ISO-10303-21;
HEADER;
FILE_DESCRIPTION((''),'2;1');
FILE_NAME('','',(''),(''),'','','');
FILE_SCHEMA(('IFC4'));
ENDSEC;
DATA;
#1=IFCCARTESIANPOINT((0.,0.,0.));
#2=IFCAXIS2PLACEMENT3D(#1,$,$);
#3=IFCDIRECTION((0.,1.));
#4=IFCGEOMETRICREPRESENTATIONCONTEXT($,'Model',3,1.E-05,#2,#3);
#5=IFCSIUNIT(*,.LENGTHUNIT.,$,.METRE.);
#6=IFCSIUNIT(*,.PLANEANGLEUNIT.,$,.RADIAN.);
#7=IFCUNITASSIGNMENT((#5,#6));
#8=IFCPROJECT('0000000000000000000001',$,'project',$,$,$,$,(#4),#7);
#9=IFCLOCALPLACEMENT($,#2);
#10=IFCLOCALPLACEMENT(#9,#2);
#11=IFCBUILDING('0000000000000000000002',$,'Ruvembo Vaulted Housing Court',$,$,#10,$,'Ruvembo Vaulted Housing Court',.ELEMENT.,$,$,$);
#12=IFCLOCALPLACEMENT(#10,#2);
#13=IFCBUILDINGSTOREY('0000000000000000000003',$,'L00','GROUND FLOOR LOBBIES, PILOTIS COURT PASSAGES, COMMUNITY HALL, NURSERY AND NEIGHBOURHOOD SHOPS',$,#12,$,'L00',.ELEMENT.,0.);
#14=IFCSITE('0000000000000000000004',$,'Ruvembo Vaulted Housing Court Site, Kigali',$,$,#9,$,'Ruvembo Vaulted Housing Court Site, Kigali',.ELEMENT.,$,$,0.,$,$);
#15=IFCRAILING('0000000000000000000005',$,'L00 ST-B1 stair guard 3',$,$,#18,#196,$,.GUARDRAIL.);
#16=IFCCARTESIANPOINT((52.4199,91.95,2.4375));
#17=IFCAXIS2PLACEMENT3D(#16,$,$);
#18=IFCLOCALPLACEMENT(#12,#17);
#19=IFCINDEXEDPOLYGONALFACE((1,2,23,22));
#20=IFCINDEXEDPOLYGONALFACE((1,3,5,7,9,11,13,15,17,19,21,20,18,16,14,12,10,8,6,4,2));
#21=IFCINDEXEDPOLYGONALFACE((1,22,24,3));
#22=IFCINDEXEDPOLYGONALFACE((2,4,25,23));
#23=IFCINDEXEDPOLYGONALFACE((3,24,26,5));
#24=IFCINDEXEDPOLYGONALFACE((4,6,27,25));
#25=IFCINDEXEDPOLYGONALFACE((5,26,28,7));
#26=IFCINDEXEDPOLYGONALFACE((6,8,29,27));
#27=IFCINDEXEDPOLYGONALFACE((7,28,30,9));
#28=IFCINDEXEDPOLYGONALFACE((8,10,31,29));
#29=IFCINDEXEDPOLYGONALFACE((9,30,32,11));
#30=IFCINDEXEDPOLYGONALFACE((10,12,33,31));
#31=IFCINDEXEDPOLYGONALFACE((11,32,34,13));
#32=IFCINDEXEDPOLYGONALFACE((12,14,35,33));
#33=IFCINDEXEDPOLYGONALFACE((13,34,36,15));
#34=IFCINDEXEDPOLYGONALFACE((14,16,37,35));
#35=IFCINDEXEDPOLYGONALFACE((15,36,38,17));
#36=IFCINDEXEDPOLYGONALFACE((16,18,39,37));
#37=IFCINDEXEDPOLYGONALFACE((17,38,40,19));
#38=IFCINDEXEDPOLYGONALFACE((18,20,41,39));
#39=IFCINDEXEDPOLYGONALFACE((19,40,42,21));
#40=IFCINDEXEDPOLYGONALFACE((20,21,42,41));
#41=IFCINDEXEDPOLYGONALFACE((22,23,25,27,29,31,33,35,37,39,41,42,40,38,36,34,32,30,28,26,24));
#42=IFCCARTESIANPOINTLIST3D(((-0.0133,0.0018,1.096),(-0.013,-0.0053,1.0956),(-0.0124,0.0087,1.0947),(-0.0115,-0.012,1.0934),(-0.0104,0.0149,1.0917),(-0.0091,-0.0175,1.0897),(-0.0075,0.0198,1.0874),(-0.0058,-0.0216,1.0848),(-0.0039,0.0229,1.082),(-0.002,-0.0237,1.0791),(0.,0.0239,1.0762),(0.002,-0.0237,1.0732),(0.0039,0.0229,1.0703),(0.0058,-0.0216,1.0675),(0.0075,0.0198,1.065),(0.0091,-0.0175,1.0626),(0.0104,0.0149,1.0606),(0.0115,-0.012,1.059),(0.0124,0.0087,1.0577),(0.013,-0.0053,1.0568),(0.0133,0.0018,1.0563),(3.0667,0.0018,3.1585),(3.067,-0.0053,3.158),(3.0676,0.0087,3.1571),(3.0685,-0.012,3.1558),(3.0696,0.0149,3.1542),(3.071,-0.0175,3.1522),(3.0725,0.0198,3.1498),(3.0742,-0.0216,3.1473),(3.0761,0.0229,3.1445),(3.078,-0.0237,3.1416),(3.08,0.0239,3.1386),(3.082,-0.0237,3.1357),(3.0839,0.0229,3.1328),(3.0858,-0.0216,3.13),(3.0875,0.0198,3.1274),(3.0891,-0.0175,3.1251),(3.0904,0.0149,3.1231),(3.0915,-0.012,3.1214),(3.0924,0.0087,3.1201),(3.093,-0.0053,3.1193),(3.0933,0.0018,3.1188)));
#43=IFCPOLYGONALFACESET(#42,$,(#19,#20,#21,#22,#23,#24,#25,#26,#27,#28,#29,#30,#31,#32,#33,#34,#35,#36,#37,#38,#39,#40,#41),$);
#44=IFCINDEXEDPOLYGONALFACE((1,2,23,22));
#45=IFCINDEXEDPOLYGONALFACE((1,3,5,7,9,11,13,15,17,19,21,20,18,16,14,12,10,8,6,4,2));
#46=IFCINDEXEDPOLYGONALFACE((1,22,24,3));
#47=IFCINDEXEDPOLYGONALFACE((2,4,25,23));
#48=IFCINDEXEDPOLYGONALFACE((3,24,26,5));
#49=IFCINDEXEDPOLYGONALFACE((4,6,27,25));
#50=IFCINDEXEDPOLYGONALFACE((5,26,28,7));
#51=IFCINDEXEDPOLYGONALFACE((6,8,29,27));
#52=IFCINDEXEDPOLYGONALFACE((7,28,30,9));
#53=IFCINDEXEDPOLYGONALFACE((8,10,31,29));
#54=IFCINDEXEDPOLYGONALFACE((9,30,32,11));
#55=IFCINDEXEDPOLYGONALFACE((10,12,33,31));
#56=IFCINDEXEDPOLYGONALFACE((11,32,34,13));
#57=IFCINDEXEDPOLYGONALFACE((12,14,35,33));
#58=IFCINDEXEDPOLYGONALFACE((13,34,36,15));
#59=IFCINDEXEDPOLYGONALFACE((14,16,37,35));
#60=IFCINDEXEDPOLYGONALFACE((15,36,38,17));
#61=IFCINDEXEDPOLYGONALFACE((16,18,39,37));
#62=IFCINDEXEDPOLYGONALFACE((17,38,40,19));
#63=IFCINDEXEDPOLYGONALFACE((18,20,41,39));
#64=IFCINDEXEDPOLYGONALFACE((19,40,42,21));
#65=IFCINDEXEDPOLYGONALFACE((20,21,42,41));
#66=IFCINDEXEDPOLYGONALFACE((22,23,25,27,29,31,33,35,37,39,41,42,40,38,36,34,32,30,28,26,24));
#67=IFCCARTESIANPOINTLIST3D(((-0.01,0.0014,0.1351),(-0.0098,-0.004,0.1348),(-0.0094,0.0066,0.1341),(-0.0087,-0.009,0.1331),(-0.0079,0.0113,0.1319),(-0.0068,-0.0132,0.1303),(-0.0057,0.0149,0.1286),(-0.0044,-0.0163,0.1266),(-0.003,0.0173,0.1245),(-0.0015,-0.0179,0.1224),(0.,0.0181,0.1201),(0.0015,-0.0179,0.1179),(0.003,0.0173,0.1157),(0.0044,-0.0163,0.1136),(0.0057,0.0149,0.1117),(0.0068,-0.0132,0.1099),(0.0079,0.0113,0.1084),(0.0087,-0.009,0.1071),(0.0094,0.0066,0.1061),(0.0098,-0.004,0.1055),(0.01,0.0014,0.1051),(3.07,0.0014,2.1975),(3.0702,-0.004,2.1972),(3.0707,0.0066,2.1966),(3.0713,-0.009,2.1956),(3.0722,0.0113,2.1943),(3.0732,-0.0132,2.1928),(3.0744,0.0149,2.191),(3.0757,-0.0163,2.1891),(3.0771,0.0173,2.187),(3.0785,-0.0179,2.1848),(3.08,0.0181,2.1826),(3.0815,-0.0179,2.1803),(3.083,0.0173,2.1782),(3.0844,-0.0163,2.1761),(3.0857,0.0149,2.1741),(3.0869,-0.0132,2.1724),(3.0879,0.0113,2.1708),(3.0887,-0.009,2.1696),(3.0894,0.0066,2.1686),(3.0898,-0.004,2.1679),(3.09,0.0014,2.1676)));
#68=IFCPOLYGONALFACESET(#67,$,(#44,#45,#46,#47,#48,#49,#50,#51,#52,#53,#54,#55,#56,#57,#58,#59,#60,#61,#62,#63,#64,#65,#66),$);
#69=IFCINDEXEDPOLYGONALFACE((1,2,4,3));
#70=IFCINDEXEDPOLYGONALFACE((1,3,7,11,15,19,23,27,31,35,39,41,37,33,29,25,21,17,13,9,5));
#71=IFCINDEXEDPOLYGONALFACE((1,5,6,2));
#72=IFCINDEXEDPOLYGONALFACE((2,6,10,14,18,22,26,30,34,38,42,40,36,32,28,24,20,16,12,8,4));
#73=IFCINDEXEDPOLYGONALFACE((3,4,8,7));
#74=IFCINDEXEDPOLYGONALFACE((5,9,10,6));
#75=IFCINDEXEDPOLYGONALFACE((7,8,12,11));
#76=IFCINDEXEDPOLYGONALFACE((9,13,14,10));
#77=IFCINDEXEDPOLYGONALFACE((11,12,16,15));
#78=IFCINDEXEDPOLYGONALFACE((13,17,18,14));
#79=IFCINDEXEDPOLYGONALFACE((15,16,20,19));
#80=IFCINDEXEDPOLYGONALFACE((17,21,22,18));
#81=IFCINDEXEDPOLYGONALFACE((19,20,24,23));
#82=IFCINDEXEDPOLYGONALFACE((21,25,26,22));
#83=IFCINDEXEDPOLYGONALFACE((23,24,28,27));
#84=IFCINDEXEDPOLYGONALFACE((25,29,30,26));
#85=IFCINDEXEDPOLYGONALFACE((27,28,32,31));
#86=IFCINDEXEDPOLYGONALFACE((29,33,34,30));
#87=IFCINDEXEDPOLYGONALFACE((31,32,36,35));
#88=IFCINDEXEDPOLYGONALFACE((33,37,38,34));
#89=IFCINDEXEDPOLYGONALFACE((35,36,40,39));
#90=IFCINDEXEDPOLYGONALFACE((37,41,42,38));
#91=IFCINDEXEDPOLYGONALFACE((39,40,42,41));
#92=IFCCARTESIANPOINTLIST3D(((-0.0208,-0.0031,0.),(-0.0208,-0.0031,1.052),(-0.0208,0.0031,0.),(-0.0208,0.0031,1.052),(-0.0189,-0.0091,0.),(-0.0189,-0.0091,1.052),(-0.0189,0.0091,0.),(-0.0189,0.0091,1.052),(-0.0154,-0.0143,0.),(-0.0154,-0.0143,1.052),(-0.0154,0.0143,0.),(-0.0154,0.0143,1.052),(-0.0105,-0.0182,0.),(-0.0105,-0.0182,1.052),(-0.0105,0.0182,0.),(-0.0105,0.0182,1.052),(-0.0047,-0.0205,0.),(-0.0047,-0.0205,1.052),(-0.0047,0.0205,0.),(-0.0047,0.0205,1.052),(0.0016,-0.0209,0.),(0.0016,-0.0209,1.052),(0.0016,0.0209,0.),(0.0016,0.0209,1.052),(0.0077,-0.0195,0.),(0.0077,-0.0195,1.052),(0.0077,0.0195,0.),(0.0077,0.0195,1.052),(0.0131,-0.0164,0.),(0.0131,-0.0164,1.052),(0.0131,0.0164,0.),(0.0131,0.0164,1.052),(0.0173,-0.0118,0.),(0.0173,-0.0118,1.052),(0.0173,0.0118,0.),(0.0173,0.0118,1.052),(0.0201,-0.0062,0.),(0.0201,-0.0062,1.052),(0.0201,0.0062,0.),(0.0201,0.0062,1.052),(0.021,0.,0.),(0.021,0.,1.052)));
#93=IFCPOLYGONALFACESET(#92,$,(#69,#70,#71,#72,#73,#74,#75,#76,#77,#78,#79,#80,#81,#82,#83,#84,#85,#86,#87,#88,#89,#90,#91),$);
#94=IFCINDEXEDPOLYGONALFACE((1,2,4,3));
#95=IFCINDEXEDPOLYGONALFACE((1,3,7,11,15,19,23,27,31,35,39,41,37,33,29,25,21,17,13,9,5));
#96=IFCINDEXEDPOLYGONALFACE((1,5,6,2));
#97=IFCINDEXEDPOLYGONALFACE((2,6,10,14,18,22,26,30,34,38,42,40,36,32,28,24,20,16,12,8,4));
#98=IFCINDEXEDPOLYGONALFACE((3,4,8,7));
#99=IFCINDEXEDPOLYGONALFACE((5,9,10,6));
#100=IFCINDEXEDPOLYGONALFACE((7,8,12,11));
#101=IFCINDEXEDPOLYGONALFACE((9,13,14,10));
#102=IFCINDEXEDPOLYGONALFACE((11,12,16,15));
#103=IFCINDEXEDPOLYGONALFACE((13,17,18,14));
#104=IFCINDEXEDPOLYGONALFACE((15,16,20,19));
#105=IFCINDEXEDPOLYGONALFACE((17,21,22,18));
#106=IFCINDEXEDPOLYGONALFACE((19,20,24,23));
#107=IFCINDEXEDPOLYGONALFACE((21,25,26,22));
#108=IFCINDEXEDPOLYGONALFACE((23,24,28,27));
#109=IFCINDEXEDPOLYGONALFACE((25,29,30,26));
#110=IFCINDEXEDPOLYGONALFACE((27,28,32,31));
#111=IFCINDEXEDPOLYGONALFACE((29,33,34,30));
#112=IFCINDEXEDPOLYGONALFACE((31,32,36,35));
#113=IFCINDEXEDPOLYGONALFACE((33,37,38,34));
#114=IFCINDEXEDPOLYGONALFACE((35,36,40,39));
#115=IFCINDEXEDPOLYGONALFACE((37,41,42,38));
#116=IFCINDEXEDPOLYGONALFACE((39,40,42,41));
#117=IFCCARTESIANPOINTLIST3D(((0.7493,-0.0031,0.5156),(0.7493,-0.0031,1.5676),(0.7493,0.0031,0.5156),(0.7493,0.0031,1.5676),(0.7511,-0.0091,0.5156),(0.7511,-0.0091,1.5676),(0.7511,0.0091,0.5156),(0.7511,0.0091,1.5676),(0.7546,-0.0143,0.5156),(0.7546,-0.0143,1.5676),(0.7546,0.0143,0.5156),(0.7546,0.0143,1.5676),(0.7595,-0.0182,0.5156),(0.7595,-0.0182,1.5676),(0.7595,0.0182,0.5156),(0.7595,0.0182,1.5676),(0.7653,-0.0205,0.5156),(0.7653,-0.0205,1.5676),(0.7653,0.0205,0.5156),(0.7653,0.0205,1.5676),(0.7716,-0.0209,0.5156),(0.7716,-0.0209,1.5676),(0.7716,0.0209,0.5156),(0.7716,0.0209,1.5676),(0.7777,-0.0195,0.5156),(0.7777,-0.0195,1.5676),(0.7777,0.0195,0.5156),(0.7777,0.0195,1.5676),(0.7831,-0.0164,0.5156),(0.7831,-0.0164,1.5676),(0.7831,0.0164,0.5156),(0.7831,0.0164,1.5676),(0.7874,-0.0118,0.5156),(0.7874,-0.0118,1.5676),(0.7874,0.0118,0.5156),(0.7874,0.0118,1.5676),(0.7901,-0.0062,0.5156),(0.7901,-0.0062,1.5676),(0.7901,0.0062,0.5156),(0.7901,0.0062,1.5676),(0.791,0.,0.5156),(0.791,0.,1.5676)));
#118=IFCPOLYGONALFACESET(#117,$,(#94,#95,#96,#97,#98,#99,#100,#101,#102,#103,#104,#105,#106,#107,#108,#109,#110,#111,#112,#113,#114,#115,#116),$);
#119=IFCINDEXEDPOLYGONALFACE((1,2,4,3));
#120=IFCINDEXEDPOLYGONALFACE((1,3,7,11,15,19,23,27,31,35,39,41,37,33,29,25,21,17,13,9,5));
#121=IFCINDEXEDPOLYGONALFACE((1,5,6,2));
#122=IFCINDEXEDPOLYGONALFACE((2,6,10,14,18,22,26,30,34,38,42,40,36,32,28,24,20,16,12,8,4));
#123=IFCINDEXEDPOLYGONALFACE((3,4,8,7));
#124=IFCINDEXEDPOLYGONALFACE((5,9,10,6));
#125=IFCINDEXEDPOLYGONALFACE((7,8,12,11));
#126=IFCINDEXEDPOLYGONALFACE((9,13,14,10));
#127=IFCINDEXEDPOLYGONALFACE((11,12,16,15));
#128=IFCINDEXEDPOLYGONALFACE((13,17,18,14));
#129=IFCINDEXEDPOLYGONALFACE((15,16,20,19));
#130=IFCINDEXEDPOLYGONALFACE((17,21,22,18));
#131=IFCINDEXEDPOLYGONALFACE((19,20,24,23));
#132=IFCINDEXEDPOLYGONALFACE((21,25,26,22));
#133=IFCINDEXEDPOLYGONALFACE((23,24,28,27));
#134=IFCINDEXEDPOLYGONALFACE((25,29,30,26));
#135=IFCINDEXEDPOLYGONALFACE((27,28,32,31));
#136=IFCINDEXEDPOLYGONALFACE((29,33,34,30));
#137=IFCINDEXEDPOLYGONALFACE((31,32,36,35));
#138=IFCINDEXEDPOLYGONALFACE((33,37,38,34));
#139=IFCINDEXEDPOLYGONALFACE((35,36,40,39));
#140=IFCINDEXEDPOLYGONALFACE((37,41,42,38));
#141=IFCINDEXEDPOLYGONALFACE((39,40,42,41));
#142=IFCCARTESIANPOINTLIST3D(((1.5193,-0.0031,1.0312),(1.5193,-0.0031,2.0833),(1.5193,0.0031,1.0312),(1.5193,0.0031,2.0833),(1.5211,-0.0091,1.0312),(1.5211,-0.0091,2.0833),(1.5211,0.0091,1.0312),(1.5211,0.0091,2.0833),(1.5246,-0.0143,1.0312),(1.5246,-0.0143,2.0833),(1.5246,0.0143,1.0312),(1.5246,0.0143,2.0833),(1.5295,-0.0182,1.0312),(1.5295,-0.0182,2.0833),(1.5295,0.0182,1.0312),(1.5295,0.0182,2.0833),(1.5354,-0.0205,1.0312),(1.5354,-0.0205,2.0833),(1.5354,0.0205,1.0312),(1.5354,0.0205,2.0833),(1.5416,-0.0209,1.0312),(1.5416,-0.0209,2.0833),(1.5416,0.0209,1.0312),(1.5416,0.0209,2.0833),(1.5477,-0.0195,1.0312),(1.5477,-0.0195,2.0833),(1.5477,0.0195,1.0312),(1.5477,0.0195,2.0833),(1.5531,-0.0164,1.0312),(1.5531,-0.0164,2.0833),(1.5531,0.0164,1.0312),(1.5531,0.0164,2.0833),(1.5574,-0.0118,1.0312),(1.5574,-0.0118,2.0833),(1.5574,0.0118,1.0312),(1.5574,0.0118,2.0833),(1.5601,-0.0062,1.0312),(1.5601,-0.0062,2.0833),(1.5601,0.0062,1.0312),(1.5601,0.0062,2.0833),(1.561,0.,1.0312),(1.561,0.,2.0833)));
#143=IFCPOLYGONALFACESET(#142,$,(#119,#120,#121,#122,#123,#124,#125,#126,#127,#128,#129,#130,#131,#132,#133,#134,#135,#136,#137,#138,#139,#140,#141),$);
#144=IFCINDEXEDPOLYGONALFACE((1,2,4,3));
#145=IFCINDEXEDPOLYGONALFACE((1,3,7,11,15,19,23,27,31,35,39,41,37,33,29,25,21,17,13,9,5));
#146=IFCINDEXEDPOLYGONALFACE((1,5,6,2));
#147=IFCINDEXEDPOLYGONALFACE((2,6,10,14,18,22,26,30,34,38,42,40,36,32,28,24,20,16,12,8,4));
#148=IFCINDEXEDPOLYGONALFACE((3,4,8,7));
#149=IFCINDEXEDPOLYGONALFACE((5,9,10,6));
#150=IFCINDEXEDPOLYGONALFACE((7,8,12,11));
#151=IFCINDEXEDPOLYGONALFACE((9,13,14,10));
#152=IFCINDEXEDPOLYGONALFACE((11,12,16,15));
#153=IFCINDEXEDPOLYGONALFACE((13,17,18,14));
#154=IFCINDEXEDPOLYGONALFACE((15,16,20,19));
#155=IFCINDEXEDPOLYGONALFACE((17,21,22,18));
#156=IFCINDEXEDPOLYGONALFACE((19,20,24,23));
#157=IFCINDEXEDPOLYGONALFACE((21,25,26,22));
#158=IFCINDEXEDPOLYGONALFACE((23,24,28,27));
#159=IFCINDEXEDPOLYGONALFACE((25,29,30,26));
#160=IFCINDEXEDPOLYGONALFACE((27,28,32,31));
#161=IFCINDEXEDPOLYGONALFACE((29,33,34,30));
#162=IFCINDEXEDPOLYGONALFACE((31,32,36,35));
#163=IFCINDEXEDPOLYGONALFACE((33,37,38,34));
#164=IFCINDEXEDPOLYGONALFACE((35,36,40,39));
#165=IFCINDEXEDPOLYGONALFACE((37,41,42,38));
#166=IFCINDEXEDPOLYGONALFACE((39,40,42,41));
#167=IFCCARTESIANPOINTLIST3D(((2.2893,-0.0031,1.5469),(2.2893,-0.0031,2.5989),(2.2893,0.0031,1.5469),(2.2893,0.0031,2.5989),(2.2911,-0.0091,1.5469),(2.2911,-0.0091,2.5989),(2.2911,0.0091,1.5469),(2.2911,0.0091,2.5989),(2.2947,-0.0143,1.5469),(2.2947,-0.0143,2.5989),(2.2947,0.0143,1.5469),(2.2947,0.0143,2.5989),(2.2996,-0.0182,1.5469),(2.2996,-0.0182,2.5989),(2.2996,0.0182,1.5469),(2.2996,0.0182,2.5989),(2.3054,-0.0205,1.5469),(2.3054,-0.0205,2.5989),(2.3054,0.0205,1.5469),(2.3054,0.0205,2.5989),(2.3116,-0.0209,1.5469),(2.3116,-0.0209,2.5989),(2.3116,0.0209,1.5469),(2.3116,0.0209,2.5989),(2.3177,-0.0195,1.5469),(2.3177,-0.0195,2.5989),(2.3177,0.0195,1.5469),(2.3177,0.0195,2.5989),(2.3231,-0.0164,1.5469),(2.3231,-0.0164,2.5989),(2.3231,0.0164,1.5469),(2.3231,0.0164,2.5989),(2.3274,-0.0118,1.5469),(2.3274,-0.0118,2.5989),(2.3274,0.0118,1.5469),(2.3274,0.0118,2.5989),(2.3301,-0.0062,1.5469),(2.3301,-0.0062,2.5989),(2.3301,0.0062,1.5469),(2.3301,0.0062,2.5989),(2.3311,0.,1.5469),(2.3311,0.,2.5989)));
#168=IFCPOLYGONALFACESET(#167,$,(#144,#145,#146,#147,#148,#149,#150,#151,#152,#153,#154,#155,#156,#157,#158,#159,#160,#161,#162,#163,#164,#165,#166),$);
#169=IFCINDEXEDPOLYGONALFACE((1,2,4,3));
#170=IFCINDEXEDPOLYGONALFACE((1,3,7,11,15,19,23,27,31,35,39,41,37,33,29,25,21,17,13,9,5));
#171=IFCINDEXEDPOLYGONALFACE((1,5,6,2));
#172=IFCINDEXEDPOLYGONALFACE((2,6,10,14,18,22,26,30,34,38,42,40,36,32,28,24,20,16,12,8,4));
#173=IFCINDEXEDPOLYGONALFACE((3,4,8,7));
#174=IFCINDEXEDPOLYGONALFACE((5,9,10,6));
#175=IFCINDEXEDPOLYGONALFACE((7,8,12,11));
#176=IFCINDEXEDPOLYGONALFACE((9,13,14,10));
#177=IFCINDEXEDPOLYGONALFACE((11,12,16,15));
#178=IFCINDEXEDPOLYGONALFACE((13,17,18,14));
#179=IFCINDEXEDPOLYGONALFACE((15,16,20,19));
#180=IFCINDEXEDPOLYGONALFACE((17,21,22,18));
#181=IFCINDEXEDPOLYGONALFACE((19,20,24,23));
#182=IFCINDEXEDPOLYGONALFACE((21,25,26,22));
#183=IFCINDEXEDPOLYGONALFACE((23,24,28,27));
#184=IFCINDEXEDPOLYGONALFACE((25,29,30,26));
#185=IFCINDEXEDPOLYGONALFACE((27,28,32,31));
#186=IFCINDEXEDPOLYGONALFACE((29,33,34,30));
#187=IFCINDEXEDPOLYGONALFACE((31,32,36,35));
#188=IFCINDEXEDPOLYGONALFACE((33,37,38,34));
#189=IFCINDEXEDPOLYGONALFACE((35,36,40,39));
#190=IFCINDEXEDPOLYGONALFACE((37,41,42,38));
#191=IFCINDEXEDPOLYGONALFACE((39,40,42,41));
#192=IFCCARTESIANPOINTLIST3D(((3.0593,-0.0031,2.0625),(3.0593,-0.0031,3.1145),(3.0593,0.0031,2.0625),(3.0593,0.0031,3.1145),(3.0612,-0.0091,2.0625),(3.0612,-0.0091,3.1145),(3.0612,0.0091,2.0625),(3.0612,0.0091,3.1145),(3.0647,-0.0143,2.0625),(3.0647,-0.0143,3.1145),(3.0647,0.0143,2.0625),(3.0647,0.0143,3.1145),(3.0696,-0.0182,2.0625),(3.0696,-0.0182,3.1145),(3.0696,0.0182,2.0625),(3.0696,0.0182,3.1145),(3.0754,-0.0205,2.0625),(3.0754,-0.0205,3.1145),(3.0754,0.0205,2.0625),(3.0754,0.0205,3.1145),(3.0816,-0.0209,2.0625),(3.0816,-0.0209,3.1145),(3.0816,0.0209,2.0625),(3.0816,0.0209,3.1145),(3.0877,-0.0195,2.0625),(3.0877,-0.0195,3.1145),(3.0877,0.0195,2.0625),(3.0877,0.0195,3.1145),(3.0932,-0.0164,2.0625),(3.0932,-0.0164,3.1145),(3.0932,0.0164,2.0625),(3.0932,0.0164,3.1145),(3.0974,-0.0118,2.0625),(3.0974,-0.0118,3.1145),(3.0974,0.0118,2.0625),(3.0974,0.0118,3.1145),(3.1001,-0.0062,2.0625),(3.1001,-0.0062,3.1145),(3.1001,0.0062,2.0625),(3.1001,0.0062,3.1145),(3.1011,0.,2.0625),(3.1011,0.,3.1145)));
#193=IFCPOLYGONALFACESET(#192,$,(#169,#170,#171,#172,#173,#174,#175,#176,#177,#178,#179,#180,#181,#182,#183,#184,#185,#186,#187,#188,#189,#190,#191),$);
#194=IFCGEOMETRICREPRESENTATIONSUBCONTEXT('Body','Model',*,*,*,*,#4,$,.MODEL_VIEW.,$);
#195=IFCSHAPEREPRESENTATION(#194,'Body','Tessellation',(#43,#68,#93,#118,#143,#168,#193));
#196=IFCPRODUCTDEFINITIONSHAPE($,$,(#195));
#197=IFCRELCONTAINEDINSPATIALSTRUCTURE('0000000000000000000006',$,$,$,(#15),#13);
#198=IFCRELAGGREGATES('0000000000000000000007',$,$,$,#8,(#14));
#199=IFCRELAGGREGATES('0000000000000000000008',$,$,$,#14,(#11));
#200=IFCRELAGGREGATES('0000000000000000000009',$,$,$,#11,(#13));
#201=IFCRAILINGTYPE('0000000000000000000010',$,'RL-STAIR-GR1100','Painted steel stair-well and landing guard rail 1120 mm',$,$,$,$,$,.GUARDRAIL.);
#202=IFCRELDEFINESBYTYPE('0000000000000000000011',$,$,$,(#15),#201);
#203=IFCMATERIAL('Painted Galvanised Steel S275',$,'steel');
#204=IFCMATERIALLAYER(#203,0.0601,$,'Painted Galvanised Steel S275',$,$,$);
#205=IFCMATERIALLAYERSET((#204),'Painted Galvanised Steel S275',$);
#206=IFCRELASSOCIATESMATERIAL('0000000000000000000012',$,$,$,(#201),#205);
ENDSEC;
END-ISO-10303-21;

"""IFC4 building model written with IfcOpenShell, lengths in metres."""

from ifc_helpers import new_model, si_unit, direction, frame, origin, origin_2d, place, context, subcontext, project, spatial, circle, extrude, material, layer, layer_set, type_object, element, save


model = new_model("IFC4")

# Units and contexts
model_context = context("Model", 3, precision=1e-05, world=origin(), true_north=direction((0.0, 1.0)))
body_context = subcontext(model_context, "Body", "Model", "MODEL_VIEW")
ifc_project = project(units=[si_unit("LENGTHUNIT", "METRE"), si_unit("PLANEANGLEUNIT", "RADIAN")], contexts=[model_context])

# Site, building, storey
site_placement = place(None, origin())
site = spatial("IfcSite", under=ifc_project, at=site_placement, Name="Ruvembo Vaulted Housing Court Site, Kigali", LongName="Ruvembo Vaulted Housing Court Site, Kigali", CompositionType="ELEMENT", RefElevation=0.0)
building_placement = place(site_placement, origin())
building = spatial("IfcBuilding", under=site, at=building_placement, Name="Ruvembo Vaulted Housing Court", LongName="Ruvembo Vaulted Housing Court", CompositionType="ELEMENT")
storey_placement = place(building_placement, origin())
storey = spatial("IfcBuildingStorey", under=building, at=storey_placement, Name="L00", Description="GROUND FLOOR LOBBIES, PILOTIS COURT PASSAGES, COMMUNITY HALL, NURSERY AND NEIGHBOURHOOD SHOPS", LongName="L00", CompositionType="ELEMENT", Elevation=0.0)

# Railing
ifc_material_1 = material(Name="Painted Galvanised Steel S275", Category="steel")
ifc_layer_1 = layer(ifc_material_1, 0.0601, Name="Painted Galvanised Steel S275")
ifc_layer_set_1 = layer_set([ifc_layer_1], Name="Painted Galvanised Steel S275")
railing_type_1 = type_object("IfcRailingType", Name="RL-STAIR-GR1100", Description="Painted steel stair-well and landing guard rail 1120 mm", PredefinedType="GUARDRAIL", material=ifc_layer_set_1)
railing_1_placement = place(storey_placement, frame((52.4199, 91.95, 2.4375)))
element("IfcRailing", 1, at=railing_1_placement, inside=storey, type_object=railing_type_1, Name="L00 ST-B1 stair guard 3", PredefinedType="GUARDRAIL", context=body_context, shape_type="SweptSolid", body=[
    extrude(circle(Radius=0.0239, at=origin_2d()), frame((0.0, 0.0, 1.0762), z_axis=(0.830914, 0.0, 0.556401), x_axis=(0.0, 1.0, 0.0)), (0.0, 0.0, 1.0), 3.7068),
    extrude(circle(Radius=0.0181, at=origin_2d()), frame((0.0, 0.0, 0.1201), z_axis=(0.830914, 0.0, 0.556401), x_axis=(0.0, 1.0, 0.0)), (0.0, 0.0, 1.0), 3.7068),
    extrude(circle(Radius=0.021, at=origin_2d()), origin(), (0.0, 0.0, 1.0), 1.052),
    extrude(circle(Radius=0.021, at=origin_2d()), frame((0.77, 0.0, 0.5156)), (0.0, 0.0, 1.0), 1.052),
    extrude(circle(Radius=0.021, at=origin_2d()), frame((1.54, 0.0, 1.0312)), (0.0, 0.0, 1.0), 1.052),
    extrude(circle(Radius=0.021, at=origin_2d()), frame((2.3101, 0.0, 1.5469)), (0.0, 0.0, 1.0), 1.052),
    extrude(circle(Radius=0.021, at=origin_2d()), frame((3.0801, 0.0, 2.0625)), (0.0, 0.0, 1.0), 1.052),
])

save(model, "model.ifc")
